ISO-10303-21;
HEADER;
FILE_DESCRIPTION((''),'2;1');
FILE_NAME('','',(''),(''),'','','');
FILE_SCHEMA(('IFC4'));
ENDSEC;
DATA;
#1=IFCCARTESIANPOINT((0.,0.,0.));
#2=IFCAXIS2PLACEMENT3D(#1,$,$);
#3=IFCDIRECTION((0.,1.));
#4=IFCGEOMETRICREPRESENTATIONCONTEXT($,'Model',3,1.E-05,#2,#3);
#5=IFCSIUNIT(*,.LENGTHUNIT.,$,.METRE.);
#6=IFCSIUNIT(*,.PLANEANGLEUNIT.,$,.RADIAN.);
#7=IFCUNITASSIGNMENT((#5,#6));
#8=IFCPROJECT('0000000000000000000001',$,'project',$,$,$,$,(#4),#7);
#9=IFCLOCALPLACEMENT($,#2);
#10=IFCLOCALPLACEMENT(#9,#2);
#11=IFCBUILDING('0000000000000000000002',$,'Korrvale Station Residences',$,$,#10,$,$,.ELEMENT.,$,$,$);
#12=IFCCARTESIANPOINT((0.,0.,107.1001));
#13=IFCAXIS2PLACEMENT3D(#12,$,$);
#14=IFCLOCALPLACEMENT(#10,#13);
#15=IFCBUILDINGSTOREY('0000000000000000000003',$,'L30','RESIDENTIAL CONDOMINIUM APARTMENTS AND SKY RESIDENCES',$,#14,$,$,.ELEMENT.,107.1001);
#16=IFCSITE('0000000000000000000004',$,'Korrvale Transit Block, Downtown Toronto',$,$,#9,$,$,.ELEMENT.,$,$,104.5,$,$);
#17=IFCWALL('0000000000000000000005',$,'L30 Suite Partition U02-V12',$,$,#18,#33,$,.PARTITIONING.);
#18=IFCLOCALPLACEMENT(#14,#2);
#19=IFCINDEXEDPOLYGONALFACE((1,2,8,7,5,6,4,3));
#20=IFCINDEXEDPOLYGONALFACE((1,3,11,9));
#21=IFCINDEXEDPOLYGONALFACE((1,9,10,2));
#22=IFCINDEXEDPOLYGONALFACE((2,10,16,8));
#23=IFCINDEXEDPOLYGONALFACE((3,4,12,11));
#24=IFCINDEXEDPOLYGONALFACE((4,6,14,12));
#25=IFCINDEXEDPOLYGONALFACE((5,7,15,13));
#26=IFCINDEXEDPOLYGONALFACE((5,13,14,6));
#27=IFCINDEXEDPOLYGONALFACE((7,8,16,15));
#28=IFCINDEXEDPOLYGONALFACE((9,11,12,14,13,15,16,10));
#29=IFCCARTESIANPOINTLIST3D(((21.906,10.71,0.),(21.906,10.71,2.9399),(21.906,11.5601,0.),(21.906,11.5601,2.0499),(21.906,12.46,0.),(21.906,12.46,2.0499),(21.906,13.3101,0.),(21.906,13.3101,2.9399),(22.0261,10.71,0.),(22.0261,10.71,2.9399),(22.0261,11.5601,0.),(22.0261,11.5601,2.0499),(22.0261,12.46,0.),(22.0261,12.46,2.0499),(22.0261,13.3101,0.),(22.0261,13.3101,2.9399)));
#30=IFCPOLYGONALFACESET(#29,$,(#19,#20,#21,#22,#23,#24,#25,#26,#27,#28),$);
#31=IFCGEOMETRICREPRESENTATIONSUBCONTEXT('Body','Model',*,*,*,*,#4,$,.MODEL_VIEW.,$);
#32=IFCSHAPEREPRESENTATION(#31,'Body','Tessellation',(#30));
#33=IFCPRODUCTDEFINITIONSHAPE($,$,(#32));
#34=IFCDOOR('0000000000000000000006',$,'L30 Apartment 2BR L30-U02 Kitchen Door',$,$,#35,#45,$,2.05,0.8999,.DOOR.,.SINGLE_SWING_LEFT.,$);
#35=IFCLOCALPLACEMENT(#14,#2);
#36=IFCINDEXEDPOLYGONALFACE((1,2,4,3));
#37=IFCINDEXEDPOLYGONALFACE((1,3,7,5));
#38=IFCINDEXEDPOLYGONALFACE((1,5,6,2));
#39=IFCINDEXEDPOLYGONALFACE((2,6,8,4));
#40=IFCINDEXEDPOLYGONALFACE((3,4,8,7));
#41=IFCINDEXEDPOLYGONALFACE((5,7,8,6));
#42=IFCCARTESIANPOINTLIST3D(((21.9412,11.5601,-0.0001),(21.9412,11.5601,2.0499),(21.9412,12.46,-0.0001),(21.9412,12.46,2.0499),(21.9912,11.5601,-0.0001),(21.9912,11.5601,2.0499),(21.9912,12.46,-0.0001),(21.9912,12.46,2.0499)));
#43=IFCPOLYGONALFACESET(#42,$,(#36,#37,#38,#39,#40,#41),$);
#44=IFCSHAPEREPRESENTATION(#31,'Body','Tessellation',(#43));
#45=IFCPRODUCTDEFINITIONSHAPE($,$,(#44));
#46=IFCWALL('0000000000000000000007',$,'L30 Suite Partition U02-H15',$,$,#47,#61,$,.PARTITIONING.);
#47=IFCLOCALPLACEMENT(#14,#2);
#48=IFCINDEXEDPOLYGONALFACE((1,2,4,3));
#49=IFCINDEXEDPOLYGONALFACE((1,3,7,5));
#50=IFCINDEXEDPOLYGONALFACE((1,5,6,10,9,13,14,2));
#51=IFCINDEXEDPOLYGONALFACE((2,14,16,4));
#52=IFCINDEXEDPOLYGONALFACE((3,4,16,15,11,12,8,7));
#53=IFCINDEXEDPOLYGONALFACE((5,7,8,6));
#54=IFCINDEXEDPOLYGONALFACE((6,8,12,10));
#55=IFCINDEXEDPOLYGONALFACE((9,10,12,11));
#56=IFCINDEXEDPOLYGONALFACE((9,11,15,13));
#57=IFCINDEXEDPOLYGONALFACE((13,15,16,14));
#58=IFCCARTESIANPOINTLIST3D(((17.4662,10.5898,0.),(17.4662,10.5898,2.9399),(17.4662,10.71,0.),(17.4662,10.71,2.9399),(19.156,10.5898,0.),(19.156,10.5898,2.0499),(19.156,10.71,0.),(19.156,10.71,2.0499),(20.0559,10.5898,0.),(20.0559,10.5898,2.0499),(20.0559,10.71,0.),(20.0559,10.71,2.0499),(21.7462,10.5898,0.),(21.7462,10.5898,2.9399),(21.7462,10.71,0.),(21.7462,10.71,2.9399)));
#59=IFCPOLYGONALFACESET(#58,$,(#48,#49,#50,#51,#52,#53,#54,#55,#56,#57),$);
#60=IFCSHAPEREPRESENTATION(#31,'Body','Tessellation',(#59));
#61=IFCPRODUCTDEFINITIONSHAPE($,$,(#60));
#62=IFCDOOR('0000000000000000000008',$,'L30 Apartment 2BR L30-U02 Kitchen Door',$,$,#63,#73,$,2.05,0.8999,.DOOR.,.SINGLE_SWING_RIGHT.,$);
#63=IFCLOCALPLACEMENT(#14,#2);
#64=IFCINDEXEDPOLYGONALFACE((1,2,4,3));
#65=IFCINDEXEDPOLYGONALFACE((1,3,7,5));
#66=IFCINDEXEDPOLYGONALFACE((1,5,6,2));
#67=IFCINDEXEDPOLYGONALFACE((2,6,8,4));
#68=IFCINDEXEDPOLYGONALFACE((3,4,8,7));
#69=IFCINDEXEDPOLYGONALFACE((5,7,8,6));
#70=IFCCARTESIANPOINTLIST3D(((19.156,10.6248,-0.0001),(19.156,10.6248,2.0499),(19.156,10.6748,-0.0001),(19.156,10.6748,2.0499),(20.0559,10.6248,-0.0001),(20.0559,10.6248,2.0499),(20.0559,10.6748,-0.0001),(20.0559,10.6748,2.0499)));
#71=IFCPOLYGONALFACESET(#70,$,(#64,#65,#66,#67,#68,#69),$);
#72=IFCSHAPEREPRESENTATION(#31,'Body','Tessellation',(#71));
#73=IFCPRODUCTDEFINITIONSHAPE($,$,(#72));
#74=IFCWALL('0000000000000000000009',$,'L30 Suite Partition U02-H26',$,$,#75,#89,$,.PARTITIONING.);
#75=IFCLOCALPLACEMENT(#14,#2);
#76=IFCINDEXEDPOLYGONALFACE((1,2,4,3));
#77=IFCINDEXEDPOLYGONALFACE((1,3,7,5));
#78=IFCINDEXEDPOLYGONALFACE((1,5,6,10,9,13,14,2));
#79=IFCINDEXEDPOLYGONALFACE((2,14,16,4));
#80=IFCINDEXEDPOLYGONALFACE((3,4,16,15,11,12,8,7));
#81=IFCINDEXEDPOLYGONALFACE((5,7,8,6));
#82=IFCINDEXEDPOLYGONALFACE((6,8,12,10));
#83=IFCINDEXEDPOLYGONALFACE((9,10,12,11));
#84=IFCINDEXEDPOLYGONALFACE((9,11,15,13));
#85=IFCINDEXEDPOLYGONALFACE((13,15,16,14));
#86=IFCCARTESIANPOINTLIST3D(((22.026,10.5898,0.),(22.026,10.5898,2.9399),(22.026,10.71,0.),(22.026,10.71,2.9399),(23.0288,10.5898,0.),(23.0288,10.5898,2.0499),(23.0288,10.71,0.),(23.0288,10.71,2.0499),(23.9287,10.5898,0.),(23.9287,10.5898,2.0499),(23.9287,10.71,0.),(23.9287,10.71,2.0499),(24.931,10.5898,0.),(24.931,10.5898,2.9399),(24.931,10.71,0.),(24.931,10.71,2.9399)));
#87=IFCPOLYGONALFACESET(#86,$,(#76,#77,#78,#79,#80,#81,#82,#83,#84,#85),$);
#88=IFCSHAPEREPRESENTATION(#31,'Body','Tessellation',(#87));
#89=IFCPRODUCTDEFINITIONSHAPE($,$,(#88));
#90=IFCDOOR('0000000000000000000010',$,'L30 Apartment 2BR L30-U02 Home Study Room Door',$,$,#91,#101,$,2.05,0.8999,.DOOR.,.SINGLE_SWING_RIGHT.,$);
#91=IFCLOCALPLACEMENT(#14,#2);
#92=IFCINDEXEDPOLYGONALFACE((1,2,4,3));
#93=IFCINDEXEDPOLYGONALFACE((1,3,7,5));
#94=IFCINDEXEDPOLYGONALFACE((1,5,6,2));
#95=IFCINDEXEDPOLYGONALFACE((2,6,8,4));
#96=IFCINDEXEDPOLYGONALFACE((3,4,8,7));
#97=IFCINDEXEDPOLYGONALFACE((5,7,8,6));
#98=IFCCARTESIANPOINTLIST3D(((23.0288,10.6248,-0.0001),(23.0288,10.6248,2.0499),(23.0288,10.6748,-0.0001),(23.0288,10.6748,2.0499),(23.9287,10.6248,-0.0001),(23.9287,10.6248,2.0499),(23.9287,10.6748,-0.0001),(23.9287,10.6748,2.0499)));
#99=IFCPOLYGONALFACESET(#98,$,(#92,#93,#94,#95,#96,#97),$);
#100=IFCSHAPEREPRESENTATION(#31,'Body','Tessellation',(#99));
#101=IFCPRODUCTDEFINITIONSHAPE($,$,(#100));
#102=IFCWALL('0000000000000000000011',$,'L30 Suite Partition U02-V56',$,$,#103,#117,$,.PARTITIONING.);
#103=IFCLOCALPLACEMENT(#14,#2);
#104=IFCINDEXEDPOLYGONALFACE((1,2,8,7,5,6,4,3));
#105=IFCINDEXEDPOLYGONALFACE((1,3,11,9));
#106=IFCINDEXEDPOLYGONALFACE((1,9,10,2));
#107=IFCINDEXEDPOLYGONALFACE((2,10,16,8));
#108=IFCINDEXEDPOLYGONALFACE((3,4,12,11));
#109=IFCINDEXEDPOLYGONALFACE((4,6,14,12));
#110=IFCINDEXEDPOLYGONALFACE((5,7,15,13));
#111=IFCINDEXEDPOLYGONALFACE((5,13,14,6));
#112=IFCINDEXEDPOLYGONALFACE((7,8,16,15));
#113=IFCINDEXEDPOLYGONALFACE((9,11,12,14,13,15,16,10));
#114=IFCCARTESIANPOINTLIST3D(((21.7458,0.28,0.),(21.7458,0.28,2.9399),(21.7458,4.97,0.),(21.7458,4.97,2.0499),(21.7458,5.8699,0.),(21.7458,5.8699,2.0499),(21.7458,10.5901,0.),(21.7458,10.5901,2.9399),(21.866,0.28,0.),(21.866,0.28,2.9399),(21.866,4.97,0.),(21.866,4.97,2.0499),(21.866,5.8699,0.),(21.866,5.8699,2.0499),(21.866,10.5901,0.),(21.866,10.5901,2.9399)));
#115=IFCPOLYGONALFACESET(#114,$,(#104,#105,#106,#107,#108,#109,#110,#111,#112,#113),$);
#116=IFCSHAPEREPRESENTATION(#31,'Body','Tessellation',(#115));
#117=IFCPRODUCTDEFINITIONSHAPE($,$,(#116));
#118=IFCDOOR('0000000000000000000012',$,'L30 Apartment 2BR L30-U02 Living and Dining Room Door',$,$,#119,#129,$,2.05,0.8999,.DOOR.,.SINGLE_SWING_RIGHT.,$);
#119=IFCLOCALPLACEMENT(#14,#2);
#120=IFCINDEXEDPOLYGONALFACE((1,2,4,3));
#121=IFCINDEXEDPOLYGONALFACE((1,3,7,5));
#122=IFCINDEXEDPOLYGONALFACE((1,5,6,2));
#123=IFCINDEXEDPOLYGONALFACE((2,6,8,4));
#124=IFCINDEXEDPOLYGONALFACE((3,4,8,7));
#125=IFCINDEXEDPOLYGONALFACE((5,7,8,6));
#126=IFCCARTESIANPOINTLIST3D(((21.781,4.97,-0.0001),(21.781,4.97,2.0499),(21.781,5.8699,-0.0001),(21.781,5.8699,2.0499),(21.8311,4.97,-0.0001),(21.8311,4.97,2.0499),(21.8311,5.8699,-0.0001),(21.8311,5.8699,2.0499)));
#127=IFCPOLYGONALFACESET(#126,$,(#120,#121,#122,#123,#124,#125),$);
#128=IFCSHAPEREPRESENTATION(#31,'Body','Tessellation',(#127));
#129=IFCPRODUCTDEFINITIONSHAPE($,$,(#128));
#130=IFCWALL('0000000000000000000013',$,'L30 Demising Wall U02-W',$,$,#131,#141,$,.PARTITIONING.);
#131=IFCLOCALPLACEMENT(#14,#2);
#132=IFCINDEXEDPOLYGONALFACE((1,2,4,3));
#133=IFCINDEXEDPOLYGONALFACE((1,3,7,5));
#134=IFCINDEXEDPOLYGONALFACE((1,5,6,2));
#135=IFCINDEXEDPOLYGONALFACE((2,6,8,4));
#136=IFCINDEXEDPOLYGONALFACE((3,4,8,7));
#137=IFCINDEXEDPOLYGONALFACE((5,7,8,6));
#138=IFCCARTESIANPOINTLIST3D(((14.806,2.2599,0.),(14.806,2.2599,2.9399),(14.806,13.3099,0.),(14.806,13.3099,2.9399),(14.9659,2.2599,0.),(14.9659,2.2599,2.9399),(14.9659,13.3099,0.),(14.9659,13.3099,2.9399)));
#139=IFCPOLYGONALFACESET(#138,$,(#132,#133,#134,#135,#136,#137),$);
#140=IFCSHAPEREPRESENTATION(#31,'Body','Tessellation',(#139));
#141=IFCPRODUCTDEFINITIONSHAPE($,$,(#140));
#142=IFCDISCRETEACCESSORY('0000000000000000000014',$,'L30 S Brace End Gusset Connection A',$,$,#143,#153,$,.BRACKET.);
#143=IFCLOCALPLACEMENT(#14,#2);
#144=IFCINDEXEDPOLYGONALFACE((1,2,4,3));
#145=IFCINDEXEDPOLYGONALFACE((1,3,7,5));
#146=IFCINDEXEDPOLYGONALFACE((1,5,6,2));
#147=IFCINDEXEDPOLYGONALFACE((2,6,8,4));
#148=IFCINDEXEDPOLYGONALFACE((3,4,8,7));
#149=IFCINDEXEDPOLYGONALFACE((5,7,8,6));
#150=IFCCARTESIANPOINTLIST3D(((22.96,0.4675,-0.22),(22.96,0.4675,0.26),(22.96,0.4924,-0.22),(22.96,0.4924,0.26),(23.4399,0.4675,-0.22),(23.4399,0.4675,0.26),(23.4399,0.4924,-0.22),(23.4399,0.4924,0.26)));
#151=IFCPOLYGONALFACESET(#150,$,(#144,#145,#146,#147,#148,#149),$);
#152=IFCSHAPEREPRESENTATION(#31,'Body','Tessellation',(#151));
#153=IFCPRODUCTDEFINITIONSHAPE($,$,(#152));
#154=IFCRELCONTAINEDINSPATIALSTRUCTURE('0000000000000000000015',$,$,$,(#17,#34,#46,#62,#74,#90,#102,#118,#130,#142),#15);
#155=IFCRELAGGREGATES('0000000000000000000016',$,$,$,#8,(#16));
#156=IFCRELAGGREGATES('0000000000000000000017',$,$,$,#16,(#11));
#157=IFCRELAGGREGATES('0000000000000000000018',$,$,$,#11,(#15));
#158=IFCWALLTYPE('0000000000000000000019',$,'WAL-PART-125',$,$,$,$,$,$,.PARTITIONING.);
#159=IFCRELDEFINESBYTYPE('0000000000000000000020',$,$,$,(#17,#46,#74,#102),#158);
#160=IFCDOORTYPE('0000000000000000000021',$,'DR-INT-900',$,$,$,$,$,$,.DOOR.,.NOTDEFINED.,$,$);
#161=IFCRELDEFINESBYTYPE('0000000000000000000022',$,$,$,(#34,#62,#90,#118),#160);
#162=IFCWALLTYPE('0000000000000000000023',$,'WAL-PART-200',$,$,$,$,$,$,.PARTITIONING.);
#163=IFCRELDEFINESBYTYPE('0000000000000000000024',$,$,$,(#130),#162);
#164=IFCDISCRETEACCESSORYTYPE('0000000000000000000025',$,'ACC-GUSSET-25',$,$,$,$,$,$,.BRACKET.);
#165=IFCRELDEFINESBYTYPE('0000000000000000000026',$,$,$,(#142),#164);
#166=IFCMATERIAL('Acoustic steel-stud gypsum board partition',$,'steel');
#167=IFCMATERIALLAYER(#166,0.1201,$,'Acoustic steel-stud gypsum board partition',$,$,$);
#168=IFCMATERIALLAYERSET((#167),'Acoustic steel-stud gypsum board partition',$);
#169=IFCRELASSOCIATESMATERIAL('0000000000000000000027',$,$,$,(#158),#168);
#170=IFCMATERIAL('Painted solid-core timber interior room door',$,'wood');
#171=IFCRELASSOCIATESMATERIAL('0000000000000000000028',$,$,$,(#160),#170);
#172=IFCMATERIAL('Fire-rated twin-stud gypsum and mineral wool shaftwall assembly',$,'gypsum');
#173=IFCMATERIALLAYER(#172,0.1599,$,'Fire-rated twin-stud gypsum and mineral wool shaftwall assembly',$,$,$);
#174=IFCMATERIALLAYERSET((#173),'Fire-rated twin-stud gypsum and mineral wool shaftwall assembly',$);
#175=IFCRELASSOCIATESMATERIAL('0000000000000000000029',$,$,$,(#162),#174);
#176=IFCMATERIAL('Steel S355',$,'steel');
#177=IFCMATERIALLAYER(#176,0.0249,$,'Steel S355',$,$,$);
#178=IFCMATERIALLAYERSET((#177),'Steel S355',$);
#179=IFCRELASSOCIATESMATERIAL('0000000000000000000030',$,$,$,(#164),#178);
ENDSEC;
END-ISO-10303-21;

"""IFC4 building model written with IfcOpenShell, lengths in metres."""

from ifc_helpers import new_model, si_unit, direction, frame, frame_2d, origin, origin_2d, place, context, subcontext, project, spatial, rectangle, extrude, material, layer, layer_set, type_object, element, fill, save


model = new_model("IFC4")

# Units and contexts
model_context = context("Model", 3, precision=1e-05, world=origin(), true_north=direction((0.0, 1.0)))
body_context = subcontext(model_context, "Body", "Model", "MODEL_VIEW")
ifc_project = project(units=[si_unit("LENGTHUNIT", "METRE"), si_unit("PLANEANGLEUNIT", "RADIAN")], contexts=[model_context])

# Site, building, storey
site_placement = place(None, origin())
site = spatial("IfcSite", under=ifc_project, at=site_placement, Name="Korrvale Transit Block, Downtown Toronto", CompositionType="ELEMENT", RefElevation=104.5)
building_placement = place(site_placement, origin())
building = spatial("IfcBuilding", under=site, at=building_placement, Name="Korrvale Station Residences", CompositionType="ELEMENT")
storey_placement = place(building_placement, frame((0.0, 0.0, 107.1001)))
storey = spatial("IfcBuildingStorey", under=building, at=storey_placement, Name="L30", Description="RESIDENTIAL CONDOMINIUM APARTMENTS AND SKY RESIDENCES", CompositionType="ELEMENT", Elevation=107.1001)

# Shared definitions
ifc_material_1 = material(Name="Steel S355", Category="steel")

# Shared definitions
ifc_material_2 = material(Name="Acoustic steel-stud gypsum board partition", Category="steel")
ifc_layer_1 = layer(ifc_material_2, 0.1201, Name="Acoustic steel-stud gypsum board partition")
ifc_layer_set_1 = layer_set([ifc_layer_1], Name="Acoustic steel-stud gypsum board partition")
wall_type_1 = type_object("IfcWallType", Name="WAL-PART-125", PredefinedType="PARTITIONING", material=ifc_layer_set_1)

# Walls, openings, doors
wall_1_placement = place(storey_placement, frame((21.9661, 10.71, 0.0), z_axis=(0.0, 0.0, 1.0), x_axis=(0.0, 1.0, 0.0)))
wall_1 = element("IfcWall", 1, at=wall_1_placement, inside=storey, type_object=wall_type_1, Name="L30 Suite Partition U02-V12", PredefinedType="PARTITIONING", context=body_context, shape_type="SweptSolid", body=[
    extrude(rectangle(XDim=2.6001, YDim=0.1201, at=frame_2d((1.3, 0.0))), origin(), (0.0, 0.0, 1.0), 2.9399),
])
opening_1_placement = place(wall_1_placement, frame((0.8501, 0.0, 0.0)))
opening_1 = element("IfcOpeningElement", 2, at=opening_1_placement, cuts=wall_1, PredefinedType="OPENING", context=body_context, shape_type="SweptSolid", body=[
    extrude(rectangle(XDim=0.8999, YDim=2.05, at=frame_2d((0.45, 1.0249))), frame((0.0, 0.0701, 0.0), z_axis=(0.0, -1.0, 0.0), x_axis=(1.0, 0.0, 0.0)), (0.0, 0.0, 1.0), 0.1401),
])
ifc_material_3 = material(Name="Painted solid-core timber interior room door", Category="wood")
door_type_1 = type_object("IfcDoorType", Name="DR-INT-900", OperationType="NOTDEFINED", PredefinedType="DOOR", material=ifc_material_3)
door_1_placement = place(opening_1_placement, origin())
door_1 = element("IfcDoor", 3, at=door_1_placement, inside=storey, type_object=door_type_1, Name="L30 Apartment 2BR L30-U02 Kitchen Door", OperationType="SINGLE_SWING_LEFT", OverallHeight=2.05, OverallWidth=0.8999, PredefinedType="DOOR", context=body_context, shape_type="SweptSolid", body=[
    extrude(rectangle(XDim=0.8999, YDim=2.05, at=frame_2d((0.45, 1.0249))), frame((0.0, 0.0249, 0.0), z_axis=(0.0, -1.0, 0.0), x_axis=(1.0, 0.0, 0.0)), (0.0, 0.0, 1.0), 0.05),
])
fill(opening_1, door_1)
wall_2_placement = place(storey_placement, frame((17.4661, 10.6499, 0.0), z_axis=(0.0, 0.0, 1.0), x_axis=(1.0, 0.0, 0.0)))
wall_2 = element("IfcWall", 4, at=wall_2_placement, inside=storey, type_object=wall_type_1, Name="L30 Suite Partition U02-H15", PredefinedType="PARTITIONING", context=body_context, shape_type="SweptSolid", body=[
    extrude(rectangle(XDim=4.28, YDim=0.1201, at=frame_2d((2.1401, 0.0))), origin(), (0.0, 0.0, 1.0), 2.9399),
])
opening_2_placement = place(wall_2_placement, frame((1.6899, 0.0, 0.0)))
opening_2 = element("IfcOpeningElement", 5, at=opening_2_placement, cuts=wall_2, PredefinedType="OPENING", context=body_context, shape_type="SweptSolid", body=[
    extrude(rectangle(XDim=0.8999, YDim=2.05, at=frame_2d((0.45, 1.0249))), frame((0.0, 0.0701, 0.0), z_axis=(0.0, -1.0, 0.0), x_axis=(1.0, 0.0, 0.0)), (0.0, 0.0, 1.0), 0.1401),
])
door_2_placement = place(opening_2_placement, origin())
door_2 = element("IfcDoor", 6, at=door_2_placement, inside=storey, type_object=door_type_1, Name="L30 Apartment 2BR L30-U02 Kitchen Door", OperationType="SINGLE_SWING_RIGHT", OverallHeight=2.05, OverallWidth=0.8999, PredefinedType="DOOR", context=body_context, shape_type="SweptSolid", body=[
    extrude(rectangle(XDim=0.8999, YDim=2.05, at=frame_2d((0.45, 1.0249))), frame((0.0, 0.0249, 0.0), z_axis=(0.0, -1.0, 0.0), x_axis=(1.0, 0.0, 0.0)), (0.0, 0.0, 1.0), 0.05),
])
fill(opening_2, door_2)
wall_3_placement = place(storey_placement, frame((22.0259, 10.6499, 0.0), z_axis=(0.0, 0.0, 1.0), x_axis=(1.0, 0.0, 0.0)))
wall_3 = element("IfcWall", 7, at=wall_3_placement, inside=storey, type_object=wall_type_1, Name="L30 Suite Partition U02-H26", PredefinedType="PARTITIONING", context=body_context, shape_type="SweptSolid", body=[
    extrude(rectangle(XDim=2.905, YDim=0.1201, at=frame_2d((1.4526, 0.0))), origin(), (0.0, 0.0, 1.0), 2.9399),
])
opening_3_placement = place(wall_3_placement, frame((1.0029, 0.0, 0.0)))
opening_3 = element("IfcOpeningElement", 8, at=opening_3_placement, cuts=wall_3, PredefinedType="OPENING", context=body_context, shape_type="SweptSolid", body=[
    extrude(rectangle(XDim=0.8999, YDim=2.05, at=frame_2d((0.45, 1.0249))), frame((0.0, 0.0701, 0.0), z_axis=(0.0, -1.0, 0.0), x_axis=(1.0, 0.0, 0.0)), (0.0, 0.0, 1.0), 0.1401),
])
door_3_placement = place(opening_3_placement, origin())
door_3 = element("IfcDoor", 9, at=door_3_placement, inside=storey, type_object=door_type_1, Name="L30 Apartment 2BR L30-U02 Home Study Room Door", OperationType="SINGLE_SWING_RIGHT", OverallHeight=2.05, OverallWidth=0.8999, PredefinedType="DOOR", context=body_context, shape_type="SweptSolid", body=[
    extrude(rectangle(XDim=0.8999, YDim=2.05, at=frame_2d((0.45, 1.0249))), frame((0.0, 0.0249, 0.0), z_axis=(0.0, -1.0, 0.0), x_axis=(1.0, 0.0, 0.0)), (0.0, 0.0, 1.0), 0.05),
])
fill(opening_3, door_3)
wall_4_placement = place(storey_placement, frame((21.8059, 0.28, 0.0), z_axis=(0.0, 0.0, 1.0), x_axis=(0.0, 1.0, 0.0)))
wall_4 = element("IfcWall", 10, at=wall_4_placement, inside=storey, type_object=wall_type_1, Name="L30 Suite Partition U02-V56", PredefinedType="PARTITIONING", context=body_context, shape_type="SweptSolid", body=[
    extrude(rectangle(XDim=10.3101, YDim=0.1201, at=frame_2d((5.155, 0.0))), origin(), (0.0, 0.0, 1.0), 2.9399),
])
opening_4_placement = place(wall_4_placement, frame((4.6899, 0.0, 0.0)))
opening_4 = element("IfcOpeningElement", 11, at=opening_4_placement, cuts=wall_4, PredefinedType="OPENING", context=body_context, shape_type="SweptSolid", body=[
    extrude(rectangle(XDim=0.8999, YDim=2.05, at=frame_2d((0.45, 1.0249))), frame((0.0, 0.0701, 0.0), z_axis=(0.0, -1.0, 0.0), x_axis=(1.0, 0.0, 0.0)), (0.0, 0.0, 1.0), 0.1401),
])
door_4_placement = place(opening_4_placement, origin())
door_4 = element("IfcDoor", 12, at=door_4_placement, inside=storey, type_object=door_type_1, Name="L30 Apartment 2BR L30-U02 Living and Dining Room Door", OperationType="SINGLE_SWING_RIGHT", OverallHeight=2.05, OverallWidth=0.8999, PredefinedType="DOOR", context=body_context, shape_type="SweptSolid", body=[
    extrude(rectangle(XDim=0.8999, YDim=2.05, at=frame_2d((0.45, 1.0249))), frame((0.0, 0.0249, 0.0), z_axis=(0.0, -1.0, 0.0), x_axis=(1.0, 0.0, 0.0)), (0.0, 0.0, 1.0), 0.05),
])
fill(opening_4, door_4)

# Wall
ifc_material_4 = material(Name="Fire-rated twin-stud gypsum and mineral wool shaftwall assembly", Category="gypsum")
ifc_layer_2 = layer(ifc_material_4, 0.1599, Name="Fire-rated twin-stud gypsum and mineral wool shaftwall assembly")
ifc_layer_set_2 = layer_set([ifc_layer_2], Name="Fire-rated twin-stud gypsum and mineral wool shaftwall assembly")
wall_type_2 = type_object("IfcWallType", Name="WAL-PART-200", PredefinedType="PARTITIONING", material=ifc_layer_set_2)
wall_5_placement = place(storey_placement, frame((14.886, 2.26, 0.0), z_axis=(0.0, 0.0, 1.0), x_axis=(0.0, 1.0, 0.0)))
element("IfcWall", 13, at=wall_5_placement, inside=storey, type_object=wall_type_2, Name="L30 Demising Wall U02-W", PredefinedType="PARTITIONING", context=body_context, shape_type="SweptSolid", body=[
    extrude(rectangle(XDim=11.05, YDim=0.1599, at=frame_2d((5.5249, 0.0))), origin(), (0.0, 0.0, 1.0), 2.9399),
])

# Discrete accessory
ifc_layer_3 = layer(ifc_material_1, 0.0249, Name="Steel S355")
ifc_layer_set_3 = layer_set([ifc_layer_3], Name="Steel S355")
discrete_accessory_type = type_object("IfcDiscreteAccessoryType", Name="ACC-GUSSET-25", PredefinedType="BRACKET", material=ifc_layer_set_3)
discrete_accessory_placement = place(storey_placement, frame((23.2, 0.48, -0.22), z_axis=(0.0, 0.0, 1.0), x_axis=(1.0, 0.0, 0.0)))
element("IfcDiscreteAccessory", 14, at=discrete_accessory_placement, inside=storey, type_object=discrete_accessory_type, Name="L30 S Brace End Gusset Connection A", PredefinedType="BRACKET", context=body_context, shape_type="SweptSolid", body=[
    extrude(rectangle(XDim=0.48, YDim=0.0249, at=origin_2d()), origin(), (0.0, 0.0, 1.0), 0.48),
])

save(model, "model.ifc")
